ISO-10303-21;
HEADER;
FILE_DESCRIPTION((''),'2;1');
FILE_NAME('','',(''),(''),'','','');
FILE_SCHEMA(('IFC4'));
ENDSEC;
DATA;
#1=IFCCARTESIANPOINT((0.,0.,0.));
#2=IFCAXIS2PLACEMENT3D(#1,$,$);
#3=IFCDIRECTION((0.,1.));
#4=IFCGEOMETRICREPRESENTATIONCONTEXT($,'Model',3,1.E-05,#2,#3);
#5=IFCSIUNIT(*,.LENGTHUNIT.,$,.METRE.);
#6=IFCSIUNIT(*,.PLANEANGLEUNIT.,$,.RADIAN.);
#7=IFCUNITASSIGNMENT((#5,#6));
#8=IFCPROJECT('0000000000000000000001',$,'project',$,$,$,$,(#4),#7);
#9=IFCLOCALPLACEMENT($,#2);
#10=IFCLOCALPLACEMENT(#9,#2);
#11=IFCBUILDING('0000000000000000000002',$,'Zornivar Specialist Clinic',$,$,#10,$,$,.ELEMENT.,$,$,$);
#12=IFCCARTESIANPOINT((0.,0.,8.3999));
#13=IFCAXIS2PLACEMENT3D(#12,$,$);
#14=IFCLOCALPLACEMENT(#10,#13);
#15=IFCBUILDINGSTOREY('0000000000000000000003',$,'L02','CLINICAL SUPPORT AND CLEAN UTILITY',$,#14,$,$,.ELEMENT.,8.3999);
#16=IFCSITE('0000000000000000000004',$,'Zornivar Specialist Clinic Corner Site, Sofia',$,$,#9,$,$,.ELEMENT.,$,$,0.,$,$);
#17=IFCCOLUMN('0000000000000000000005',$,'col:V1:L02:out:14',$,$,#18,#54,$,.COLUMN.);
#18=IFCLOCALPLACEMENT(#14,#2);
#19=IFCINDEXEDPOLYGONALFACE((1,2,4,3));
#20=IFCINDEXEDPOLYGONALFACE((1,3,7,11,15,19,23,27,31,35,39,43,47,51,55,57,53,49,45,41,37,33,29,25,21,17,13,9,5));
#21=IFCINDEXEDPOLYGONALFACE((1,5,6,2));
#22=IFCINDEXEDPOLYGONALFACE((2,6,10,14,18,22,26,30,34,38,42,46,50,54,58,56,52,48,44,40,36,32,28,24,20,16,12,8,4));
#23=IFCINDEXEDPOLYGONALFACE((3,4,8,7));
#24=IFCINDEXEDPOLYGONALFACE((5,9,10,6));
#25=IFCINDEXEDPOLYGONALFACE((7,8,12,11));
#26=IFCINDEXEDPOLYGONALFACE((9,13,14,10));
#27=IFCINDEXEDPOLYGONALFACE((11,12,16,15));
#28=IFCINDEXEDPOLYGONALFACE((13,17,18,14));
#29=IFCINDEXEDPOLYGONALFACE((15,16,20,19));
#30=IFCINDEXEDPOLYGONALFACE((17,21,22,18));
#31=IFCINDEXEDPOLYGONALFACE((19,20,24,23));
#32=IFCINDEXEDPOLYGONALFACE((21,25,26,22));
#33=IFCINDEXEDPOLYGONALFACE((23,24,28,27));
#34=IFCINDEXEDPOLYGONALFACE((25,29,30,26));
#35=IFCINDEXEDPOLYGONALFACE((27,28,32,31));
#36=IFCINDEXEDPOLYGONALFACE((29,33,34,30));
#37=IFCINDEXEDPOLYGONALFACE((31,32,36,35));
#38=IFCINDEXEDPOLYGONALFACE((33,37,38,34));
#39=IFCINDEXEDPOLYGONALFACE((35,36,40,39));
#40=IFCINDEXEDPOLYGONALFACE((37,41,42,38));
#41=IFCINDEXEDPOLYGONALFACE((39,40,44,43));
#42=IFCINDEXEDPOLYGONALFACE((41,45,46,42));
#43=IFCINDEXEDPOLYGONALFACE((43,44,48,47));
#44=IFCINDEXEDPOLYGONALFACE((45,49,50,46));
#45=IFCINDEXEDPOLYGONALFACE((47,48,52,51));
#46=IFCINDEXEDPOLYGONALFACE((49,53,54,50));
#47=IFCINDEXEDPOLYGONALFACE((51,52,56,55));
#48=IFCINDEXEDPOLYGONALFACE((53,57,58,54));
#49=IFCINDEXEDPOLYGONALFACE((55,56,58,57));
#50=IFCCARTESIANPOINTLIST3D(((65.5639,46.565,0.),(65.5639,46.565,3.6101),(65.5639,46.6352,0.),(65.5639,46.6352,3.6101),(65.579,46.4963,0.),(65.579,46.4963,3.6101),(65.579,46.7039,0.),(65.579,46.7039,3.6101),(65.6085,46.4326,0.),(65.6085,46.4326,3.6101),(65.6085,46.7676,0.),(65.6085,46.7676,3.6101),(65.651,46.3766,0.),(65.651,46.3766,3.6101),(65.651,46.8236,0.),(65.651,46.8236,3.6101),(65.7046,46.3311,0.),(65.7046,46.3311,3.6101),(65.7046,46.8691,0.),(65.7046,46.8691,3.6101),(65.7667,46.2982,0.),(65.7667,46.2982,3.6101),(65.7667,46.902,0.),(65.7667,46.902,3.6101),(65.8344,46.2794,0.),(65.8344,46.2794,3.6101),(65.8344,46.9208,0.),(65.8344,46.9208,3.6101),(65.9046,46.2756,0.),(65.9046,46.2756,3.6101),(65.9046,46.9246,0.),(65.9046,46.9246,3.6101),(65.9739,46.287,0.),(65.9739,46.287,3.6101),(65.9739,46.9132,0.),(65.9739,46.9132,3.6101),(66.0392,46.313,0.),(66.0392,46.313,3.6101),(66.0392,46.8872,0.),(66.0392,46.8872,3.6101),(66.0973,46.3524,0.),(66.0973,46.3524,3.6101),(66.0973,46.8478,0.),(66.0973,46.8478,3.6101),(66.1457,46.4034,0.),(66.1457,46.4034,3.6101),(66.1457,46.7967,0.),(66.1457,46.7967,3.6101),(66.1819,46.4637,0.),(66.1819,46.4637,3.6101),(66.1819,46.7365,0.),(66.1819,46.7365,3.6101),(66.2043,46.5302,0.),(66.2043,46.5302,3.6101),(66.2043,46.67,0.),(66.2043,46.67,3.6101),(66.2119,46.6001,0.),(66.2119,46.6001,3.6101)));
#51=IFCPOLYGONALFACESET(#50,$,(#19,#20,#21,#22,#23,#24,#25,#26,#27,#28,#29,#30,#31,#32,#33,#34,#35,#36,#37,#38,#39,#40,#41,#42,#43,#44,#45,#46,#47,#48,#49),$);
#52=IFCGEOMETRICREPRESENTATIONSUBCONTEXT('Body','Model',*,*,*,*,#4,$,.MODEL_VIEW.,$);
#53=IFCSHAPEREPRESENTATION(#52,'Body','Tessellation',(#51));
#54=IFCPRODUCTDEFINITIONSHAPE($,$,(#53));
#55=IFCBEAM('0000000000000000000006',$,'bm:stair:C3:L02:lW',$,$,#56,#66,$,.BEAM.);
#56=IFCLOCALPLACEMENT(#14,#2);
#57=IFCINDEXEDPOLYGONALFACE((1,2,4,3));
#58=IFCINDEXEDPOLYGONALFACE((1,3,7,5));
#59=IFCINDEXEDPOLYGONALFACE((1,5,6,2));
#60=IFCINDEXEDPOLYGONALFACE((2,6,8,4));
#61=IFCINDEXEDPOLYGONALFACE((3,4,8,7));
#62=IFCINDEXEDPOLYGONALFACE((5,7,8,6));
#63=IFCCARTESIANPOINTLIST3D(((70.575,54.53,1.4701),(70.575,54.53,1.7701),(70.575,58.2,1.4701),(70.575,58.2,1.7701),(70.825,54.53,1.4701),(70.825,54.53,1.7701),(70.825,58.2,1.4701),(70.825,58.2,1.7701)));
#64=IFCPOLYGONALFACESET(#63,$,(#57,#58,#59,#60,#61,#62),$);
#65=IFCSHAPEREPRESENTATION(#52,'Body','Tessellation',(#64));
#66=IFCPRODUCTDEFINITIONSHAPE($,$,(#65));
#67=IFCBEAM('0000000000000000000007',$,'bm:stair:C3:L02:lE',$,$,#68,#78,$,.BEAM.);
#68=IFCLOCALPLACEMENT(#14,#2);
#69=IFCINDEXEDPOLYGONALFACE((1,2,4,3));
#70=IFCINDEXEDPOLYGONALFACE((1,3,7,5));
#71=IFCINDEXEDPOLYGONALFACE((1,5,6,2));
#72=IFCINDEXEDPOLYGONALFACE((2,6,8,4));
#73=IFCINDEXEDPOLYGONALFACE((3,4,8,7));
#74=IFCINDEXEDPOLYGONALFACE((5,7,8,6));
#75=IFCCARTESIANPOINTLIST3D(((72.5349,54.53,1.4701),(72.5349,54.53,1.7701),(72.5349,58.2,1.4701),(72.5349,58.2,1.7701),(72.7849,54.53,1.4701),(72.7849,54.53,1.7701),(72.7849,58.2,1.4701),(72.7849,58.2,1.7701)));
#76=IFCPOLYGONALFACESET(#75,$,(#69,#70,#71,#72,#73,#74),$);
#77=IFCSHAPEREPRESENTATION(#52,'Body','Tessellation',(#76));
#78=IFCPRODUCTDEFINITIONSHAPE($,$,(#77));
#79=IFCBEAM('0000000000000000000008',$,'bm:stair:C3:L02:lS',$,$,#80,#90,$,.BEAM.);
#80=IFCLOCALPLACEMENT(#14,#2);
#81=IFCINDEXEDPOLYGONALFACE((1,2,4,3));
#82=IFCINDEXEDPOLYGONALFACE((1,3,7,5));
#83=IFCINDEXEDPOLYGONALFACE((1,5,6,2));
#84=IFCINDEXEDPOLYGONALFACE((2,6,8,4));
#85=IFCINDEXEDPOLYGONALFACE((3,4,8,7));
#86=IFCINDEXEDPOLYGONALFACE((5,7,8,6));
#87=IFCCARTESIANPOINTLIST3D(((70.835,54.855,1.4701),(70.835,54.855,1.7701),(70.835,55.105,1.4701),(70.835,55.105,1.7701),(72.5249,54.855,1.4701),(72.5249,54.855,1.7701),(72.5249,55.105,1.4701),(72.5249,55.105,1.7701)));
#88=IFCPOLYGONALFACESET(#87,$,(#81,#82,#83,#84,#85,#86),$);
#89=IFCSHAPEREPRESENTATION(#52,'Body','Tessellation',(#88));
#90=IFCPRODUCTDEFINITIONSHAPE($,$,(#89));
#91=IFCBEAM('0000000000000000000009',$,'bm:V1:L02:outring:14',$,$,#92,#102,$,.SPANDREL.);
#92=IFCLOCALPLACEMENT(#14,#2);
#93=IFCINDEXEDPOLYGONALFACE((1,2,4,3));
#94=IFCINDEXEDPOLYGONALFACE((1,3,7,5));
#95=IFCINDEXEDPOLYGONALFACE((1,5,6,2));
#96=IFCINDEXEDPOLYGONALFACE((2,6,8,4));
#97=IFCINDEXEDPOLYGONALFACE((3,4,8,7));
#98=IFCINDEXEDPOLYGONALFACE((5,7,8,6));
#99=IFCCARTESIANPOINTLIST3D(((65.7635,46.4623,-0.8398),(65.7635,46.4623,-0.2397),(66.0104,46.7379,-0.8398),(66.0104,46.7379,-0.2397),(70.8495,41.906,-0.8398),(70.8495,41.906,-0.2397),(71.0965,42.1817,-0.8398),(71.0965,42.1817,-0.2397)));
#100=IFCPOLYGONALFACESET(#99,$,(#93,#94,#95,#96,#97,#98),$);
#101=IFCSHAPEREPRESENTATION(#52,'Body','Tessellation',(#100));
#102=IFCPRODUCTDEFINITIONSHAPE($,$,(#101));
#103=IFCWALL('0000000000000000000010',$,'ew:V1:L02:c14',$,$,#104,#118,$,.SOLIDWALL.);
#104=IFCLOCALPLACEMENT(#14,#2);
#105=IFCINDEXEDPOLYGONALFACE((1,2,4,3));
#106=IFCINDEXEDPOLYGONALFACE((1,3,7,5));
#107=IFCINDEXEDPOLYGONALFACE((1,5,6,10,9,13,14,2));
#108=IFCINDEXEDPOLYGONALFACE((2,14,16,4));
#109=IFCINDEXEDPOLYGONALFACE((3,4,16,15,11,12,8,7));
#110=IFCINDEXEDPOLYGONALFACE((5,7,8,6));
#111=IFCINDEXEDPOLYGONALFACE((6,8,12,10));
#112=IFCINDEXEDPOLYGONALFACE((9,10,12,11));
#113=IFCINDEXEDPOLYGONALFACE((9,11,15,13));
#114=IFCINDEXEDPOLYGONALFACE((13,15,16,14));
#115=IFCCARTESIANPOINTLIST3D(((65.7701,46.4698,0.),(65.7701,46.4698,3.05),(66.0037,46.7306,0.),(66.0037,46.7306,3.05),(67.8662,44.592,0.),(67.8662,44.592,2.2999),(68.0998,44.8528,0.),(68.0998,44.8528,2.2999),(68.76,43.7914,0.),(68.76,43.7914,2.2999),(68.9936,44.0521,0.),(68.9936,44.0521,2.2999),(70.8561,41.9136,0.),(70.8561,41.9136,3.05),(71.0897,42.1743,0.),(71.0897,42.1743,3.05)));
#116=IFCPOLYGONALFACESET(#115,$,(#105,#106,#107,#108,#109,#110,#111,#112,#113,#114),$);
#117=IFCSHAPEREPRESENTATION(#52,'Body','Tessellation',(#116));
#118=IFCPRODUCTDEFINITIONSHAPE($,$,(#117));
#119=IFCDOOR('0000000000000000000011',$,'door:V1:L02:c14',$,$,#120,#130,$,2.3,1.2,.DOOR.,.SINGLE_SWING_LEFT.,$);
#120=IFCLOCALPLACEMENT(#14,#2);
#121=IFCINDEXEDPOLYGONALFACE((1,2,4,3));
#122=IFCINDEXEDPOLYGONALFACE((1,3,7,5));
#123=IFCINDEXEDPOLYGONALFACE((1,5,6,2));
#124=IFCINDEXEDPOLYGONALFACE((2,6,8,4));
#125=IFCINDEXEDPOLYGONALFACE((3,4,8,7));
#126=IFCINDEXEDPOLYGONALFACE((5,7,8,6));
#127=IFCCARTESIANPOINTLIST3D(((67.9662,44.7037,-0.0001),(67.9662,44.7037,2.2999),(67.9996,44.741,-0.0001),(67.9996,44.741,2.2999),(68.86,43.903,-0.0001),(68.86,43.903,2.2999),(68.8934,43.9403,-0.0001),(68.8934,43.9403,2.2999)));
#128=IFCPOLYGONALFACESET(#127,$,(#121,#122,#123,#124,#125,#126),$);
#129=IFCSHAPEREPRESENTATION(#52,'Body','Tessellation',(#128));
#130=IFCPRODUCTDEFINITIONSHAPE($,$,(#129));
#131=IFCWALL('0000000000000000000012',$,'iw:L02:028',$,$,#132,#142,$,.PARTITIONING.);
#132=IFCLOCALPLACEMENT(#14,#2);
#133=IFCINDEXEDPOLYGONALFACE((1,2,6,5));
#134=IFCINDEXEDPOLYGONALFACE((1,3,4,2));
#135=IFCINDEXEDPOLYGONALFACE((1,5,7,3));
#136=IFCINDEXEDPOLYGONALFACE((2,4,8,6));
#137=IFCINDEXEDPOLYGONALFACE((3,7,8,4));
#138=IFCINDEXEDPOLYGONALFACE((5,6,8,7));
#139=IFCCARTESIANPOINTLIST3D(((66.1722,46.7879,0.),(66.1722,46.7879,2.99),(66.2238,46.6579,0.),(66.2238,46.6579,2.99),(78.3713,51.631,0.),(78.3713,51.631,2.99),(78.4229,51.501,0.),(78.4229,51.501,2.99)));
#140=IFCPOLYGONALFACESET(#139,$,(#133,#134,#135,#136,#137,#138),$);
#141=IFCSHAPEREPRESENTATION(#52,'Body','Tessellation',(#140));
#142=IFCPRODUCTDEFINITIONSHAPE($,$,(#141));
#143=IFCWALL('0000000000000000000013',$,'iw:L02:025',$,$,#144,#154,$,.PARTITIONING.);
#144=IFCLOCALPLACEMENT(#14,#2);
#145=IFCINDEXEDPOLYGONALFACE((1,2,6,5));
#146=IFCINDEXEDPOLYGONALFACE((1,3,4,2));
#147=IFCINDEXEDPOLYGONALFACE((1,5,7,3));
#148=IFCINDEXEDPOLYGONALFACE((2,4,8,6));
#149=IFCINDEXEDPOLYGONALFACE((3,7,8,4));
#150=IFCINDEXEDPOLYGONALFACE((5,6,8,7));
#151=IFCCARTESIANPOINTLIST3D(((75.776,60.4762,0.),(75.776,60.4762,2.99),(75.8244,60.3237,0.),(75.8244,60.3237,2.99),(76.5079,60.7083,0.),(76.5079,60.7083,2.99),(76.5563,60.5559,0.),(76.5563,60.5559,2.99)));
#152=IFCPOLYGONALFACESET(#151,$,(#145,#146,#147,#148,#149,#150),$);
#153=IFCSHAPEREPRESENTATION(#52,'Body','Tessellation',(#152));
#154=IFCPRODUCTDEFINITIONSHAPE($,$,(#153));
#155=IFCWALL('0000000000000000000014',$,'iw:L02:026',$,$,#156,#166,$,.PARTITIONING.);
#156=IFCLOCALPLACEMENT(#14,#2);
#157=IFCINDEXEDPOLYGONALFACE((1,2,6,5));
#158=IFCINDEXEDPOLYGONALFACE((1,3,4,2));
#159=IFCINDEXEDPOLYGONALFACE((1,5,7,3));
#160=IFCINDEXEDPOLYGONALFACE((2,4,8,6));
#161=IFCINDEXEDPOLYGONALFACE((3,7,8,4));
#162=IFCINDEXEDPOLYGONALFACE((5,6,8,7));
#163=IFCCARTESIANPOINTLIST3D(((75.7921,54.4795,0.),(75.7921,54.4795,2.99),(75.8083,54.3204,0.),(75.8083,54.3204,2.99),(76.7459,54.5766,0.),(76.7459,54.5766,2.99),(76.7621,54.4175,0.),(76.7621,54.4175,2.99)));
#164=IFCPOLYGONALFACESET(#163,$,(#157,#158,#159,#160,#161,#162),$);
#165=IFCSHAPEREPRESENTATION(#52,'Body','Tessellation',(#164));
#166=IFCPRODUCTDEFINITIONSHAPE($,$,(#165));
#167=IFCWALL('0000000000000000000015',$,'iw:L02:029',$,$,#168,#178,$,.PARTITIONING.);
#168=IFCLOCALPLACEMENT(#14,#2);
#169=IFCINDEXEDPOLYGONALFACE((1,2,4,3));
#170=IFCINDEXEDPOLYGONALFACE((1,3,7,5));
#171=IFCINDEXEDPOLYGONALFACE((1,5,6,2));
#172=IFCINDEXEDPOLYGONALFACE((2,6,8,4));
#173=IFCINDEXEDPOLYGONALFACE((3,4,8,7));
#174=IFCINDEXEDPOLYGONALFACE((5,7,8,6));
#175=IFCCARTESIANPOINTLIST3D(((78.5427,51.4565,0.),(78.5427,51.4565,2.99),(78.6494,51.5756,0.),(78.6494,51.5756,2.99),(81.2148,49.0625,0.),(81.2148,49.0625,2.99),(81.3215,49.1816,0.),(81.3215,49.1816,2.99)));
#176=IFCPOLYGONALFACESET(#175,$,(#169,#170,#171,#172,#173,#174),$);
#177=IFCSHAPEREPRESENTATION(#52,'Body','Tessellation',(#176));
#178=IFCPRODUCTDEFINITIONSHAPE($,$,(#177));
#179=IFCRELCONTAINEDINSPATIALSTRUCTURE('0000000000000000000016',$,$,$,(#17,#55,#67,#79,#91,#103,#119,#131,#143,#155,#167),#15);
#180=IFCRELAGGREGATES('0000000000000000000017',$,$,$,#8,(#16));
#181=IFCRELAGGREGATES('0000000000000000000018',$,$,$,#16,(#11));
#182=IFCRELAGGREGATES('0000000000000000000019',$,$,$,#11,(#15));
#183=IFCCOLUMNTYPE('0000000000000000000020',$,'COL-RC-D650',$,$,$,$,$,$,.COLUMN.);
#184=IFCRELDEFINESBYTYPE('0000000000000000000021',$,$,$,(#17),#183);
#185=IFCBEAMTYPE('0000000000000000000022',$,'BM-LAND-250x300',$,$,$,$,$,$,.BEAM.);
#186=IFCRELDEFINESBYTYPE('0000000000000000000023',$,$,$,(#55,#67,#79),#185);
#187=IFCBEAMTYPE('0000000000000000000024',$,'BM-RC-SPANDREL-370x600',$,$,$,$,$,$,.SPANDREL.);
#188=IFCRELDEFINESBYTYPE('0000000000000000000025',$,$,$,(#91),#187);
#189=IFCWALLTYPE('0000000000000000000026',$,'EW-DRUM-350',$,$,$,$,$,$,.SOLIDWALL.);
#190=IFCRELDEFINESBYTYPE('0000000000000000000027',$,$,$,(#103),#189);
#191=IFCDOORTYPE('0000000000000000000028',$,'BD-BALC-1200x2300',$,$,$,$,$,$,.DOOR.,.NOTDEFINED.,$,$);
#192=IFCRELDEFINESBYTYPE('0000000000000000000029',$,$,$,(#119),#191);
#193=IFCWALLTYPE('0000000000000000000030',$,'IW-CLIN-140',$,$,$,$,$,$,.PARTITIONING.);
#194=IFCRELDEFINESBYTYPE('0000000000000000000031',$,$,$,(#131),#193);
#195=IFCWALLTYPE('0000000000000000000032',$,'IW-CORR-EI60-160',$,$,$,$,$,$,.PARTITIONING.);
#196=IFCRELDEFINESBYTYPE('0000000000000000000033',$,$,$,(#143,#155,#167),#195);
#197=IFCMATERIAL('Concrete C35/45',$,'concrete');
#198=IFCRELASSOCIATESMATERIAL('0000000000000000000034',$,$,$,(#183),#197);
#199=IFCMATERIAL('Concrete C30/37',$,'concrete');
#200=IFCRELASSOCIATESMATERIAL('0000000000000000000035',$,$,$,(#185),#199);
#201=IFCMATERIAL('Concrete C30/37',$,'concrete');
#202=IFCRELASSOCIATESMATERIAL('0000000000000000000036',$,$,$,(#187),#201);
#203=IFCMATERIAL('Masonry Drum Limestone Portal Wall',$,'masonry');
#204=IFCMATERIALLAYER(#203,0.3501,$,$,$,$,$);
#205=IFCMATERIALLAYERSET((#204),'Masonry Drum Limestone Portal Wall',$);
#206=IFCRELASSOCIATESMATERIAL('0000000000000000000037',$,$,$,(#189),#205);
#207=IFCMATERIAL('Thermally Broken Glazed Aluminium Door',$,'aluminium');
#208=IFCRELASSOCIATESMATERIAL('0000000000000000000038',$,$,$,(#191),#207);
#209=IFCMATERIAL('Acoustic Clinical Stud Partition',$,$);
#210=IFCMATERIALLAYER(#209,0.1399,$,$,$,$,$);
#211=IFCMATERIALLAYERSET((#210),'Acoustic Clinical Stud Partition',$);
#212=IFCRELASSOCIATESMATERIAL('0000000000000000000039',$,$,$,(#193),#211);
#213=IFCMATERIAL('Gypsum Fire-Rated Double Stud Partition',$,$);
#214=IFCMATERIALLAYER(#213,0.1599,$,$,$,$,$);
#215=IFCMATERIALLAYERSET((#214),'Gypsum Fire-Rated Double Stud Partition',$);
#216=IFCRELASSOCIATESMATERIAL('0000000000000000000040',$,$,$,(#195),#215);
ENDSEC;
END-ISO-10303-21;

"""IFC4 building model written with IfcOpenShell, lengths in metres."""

from ifc_helpers import new_model, si_unit, direction, frame, frame_2d, origin, origin_2d, place, context, subcontext, project, spatial, rectangle, circle, extrude, material, layer, layer_set, material_profile, profile_set, type_object, element, fill, save


model = new_model("IFC4")

# Units and contexts
model_context = context("Model", 3, precision=1e-05, world=origin(), true_north=direction((0.0, 1.0)))
body_context = subcontext(model_context, "Body", "Model", "MODEL_VIEW")
ifc_project = project(units=[si_unit("LENGTHUNIT", "METRE"), si_unit("PLANEANGLEUNIT", "RADIAN")], contexts=[model_context])

# Site, building, storey
site_placement = place(None, origin())
site = spatial("IfcSite", under=ifc_project, at=site_placement, Name="Zornivar Specialist Clinic Corner Site, Sofia", CompositionType="ELEMENT", RefElevation=0.0)
building_placement = place(site_placement, origin())
building = spatial("IfcBuilding", under=site, at=building_placement, Name="Zornivar Specialist Clinic", CompositionType="ELEMENT")
storey_placement = place(building_placement, frame((0.0, 0.0, 8.3999)))
storey = spatial("IfcBuildingStorey", under=building, at=storey_placement, Name="L02", Description="CLINICAL SUPPORT AND CLEAN UTILITY", CompositionType="ELEMENT", Elevation=8.3999)

# Column
ifc_material_1 = material(Name="Concrete C35/45", Category="concrete")
ifc_material_profile_1 = material_profile(ifc_material_1, circle(Radius=0.325, at=origin_2d()), Name="RC D650")
ifc_profile_set_1 = profile_set([ifc_material_profile_1], Name="Concrete C35/45")
column_type = type_object("IfcColumnType", Name="COL-RC-D650", PredefinedType="COLUMN", material=ifc_profile_set_1)
column_placement = place(storey_placement, frame((65.887, 46.6001, 0.0), z_axis=(0.0, 0.0, 1.0), x_axis=(1.0, 0.0, 0.0)))
element("IfcColumn", 1, at=column_placement, inside=storey, type_object=column_type, Name="col:V1:L02:out:14", PredefinedType="COLUMN", context=body_context, shape_type="SweptSolid", body=[
    extrude(circle(Radius=0.325, at=origin_2d()), origin(), (0.0, 0.0, 1.0), 3.6101),
])

# Beams
ifc_material_2 = material(Name="Concrete C30/37", Category="concrete")
ifc_material_profile_2 = material_profile(ifc_material_2, rectangle(XDim=0.25, YDim=0.3, at=origin_2d()), Name="RC 250x300")
ifc_profile_set_2 = profile_set([ifc_material_profile_2], Name="Concrete C30/37")
beam_type_1 = type_object("IfcBeamType", Name="BM-LAND-250x300", PredefinedType="BEAM", material=ifc_profile_set_2)
for number, where, z_axis, x_axis, name in (
    (2, (70.7, 54.53, 1.6201), (0.0, 1.0, 0.0), (-1.0, 0.0, 0.0), "bm:stair:C3:L02:lW"),
    (3, (72.6599, 54.53, 1.6201), (0.0, 1.0, 0.0), (-1.0, 0.0, 0.0), "bm:stair:C3:L02:lE"),
):
    element("IfcBeam", number, at=place(storey_placement, frame(where, z_axis=z_axis, x_axis=x_axis)), inside=storey, type_object=beam_type_1, Name=name, PredefinedType="BEAM", context=body_context, shape_type="SweptSolid", body=[
        extrude(rectangle(XDim=0.25, YDim=0.3, at=origin_2d()), origin(), (0.0, 0.0, 1.0), 3.6699),
    ])
beam_1_placement = place(storey_placement, frame((70.835, 54.98, 1.6201), z_axis=(1.0, 0.0, 0.0), x_axis=(0.0, 1.0, 0.0)))
element("IfcBeam", 4, at=beam_1_placement, inside=storey, type_object=beam_type_1, Name="bm:stair:C3:L02:lS", PredefinedType="BEAM", context=body_context, shape_type="SweptSolid", body=[
    extrude(rectangle(XDim=0.25, YDim=0.3, at=origin_2d()), origin(), (0.0, 0.0, 1.0), 1.6899),
])
ifc_material_3 = material(Name="Concrete C30/37", Category="concrete")
ifc_material_profile_3 = material_profile(ifc_material_3, rectangle(XDim=0.3701, YDim=0.6001, at=origin_2d()), Name="RC 370x600")
ifc_profile_set_3 = profile_set([ifc_material_profile_3], Name="Concrete C30/37")
beam_type_2 = type_object("IfcBeamType", Name="BM-RC-SPANDREL-370x600", PredefinedType="SPANDREL", material=ifc_profile_set_3)
beam_2_placement = place(storey_placement, frame((65.887, 46.6001, -0.5398), z_axis=(0.744835, -0.667248, 0.0), x_axis=(0.667248, 0.744835, 0.0)))
element("IfcBeam", 5, at=beam_2_placement, inside=storey, type_object=beam_type_2, Name="bm:V1:L02:outring:14", PredefinedType="SPANDREL", context=body_context, shape_type="SweptSolid", body=[
    extrude(rectangle(XDim=0.3701, YDim=0.6001, at=origin_2d()), origin(), (0.0, 0.0, 1.0), 6.8284),
])

# Wall, opening, door
ifc_material_4 = material(Name="Masonry Drum Limestone Portal Wall", Category="masonry")
ifc_layer_1 = layer(ifc_material_4, 0.3501)
ifc_layer_set_1 = layer_set([ifc_layer_1], Name="Masonry Drum Limestone Portal Wall")
wall_type_1 = type_object("IfcWallType", Name="EW-DRUM-350", PredefinedType="SOLIDWALL", material=ifc_layer_set_1)
wall_1_placement = place(storey_placement, frame((65.887, 46.6001, 0.0), z_axis=(0.0, 0.0, 1.0), x_axis=(0.744835, -0.667248, 0.0)))
wall_1 = element("IfcWall", 6, at=wall_1_placement, inside=storey, type_object=wall_type_1, Name="ew:V1:L02:c14", PredefinedType="SOLIDWALL", context=body_context, shape_type="SweptSolid", body=[
    extrude(rectangle(XDim=6.8284, YDim=0.3501, at=frame_2d((3.4141, 0.0))), origin(), (0.0, 0.0, 1.0), 3.05),
])
opening_1_placement = place(wall_1_placement, frame((2.814, 0.0, 0.0)))
opening_1 = element("IfcOpeningElement", 7, at=opening_1_placement, cuts=wall_1, PredefinedType="OPENING", context=body_context, shape_type="SweptSolid", body=[
    extrude(rectangle(XDim=1.2, YDim=2.3, at=frame_2d((0.6001, 1.1499))), frame((0.0, 0.1851, 0.0), z_axis=(0.0, -1.0, 0.0), x_axis=(1.0, 0.0, 0.0)), (0.0, 0.0, 1.0), 0.3701),
])
ifc_material_5 = material(Name="Thermally Broken Glazed Aluminium Door", Category="aluminium")
door_type_1 = type_object("IfcDoorType", Name="BD-BALC-1200x2300", OperationType="NOTDEFINED", PredefinedType="DOOR", material=ifc_material_5)
door_1_placement = place(opening_1_placement, origin())
door_1 = element("IfcDoor", 8, at=door_1_placement, inside=storey, type_object=door_type_1, Name="door:V1:L02:c14", OperationType="SINGLE_SWING_LEFT", OverallHeight=2.3, OverallWidth=1.2, PredefinedType="DOOR", context=body_context, shape_type="SweptSolid", body=[
    extrude(rectangle(XDim=1.2, YDim=2.3, at=frame_2d((0.6001, 1.1499))), frame((0.0, 0.0249, 0.0), z_axis=(0.0, -1.0, 0.0), x_axis=(1.0, 0.0, 0.0)), (0.0, 0.0, 1.0), 0.05),
])
fill(opening_1, door_1)

# Walls
ifc_material_6 = material(Name="Acoustic Clinical Stud Partition")
ifc_layer_2 = layer(ifc_material_6, 0.1399)
ifc_layer_set_2 = layer_set([ifc_layer_2], Name="Acoustic Clinical Stud Partition")
wall_type_2 = type_object("IfcWallType", Name="IW-CLIN-140", PredefinedType="PARTITIONING", material=ifc_layer_set_2)
wall_2_placement = place(storey_placement, frame((78.397, 51.5659, 0.0), z_axis=(0.0, 0.0, 1.0), x_axis=(-0.929434, -0.368987, 0.0)))
element("IfcWall", 9, at=wall_2_placement, inside=storey, type_object=wall_type_2, Name="iw:L02:028", PredefinedType="PARTITIONING", context=body_context, shape_type="SweptSolid", body=[
    extrude(rectangle(XDim=13.1252, YDim=0.1399, at=frame_2d((6.5625, 0.0))), origin(), (0.0, 0.0, 1.0), 2.99),
])
ifc_material_7 = material(Name="Gypsum Fire-Rated Double Stud Partition")
ifc_layer_3 = layer(ifc_material_7, 0.1599)
ifc_layer_set_3 = layer_set([ifc_layer_3], Name="Gypsum Fire-Rated Double Stud Partition")
wall_type_3 = type_object("IfcWallType", Name="IW-CORR-EI60-160", PredefinedType="PARTITIONING", material=ifc_layer_set_3)
wall_3_placement = place(storey_placement, frame((76.532, 60.6321, 0.0), z_axis=(0.0, 0.0, 1.0), x_axis=(-0.953193, -0.302364, 0.0)))
element("IfcWall", 10, at=wall_3_placement, inside=storey, type_object=wall_type_3, Name="iw:L02:025", PredefinedType="PARTITIONING", context=body_context, shape_type="SweptSolid", body=[
    extrude(rectangle(XDim=0.7678, YDim=0.1599, at=frame_2d((0.3838, 0.0))), origin(), (0.0, 0.0, 1.0), 2.99),
])
wall_4_placement = place(storey_placement, frame((75.8, 54.3999, 0.0), z_axis=(0.0, 0.0, 1.0), x_axis=(0.994851, 0.101344, 0.0)))
element("IfcWall", 11, at=wall_4_placement, inside=storey, type_object=wall_type_3, Name="iw:L02:026", PredefinedType="PARTITIONING", context=body_context, shape_type="SweptSolid", body=[
    extrude(rectangle(XDim=0.9587, YDim=0.1599, at=frame_2d((0.4795, 0.0))), origin(), (0.0, 0.0, 1.0), 2.99),
])

# Wall
wall_5_placement = place(storey_placement, frame((78.5959, 51.5161, 0.0), z_axis=(0.0, 0.0, 1.0), x_axis=(0.744798, -0.66729, 0.0)))
element("IfcWall", 12, at=wall_5_placement, inside=storey, type_object=wall_type_3, Name="iw:L02:029", PredefinedType="PARTITIONING", context=body_context, shape_type="SweptSolid", body=[
    extrude(rectangle(XDim=3.5876, YDim=0.1599, at=frame_2d((1.7939, 0.0))), origin(), (0.0, 0.0, 1.0), 2.99),
])

save(model, "model.ifc")
